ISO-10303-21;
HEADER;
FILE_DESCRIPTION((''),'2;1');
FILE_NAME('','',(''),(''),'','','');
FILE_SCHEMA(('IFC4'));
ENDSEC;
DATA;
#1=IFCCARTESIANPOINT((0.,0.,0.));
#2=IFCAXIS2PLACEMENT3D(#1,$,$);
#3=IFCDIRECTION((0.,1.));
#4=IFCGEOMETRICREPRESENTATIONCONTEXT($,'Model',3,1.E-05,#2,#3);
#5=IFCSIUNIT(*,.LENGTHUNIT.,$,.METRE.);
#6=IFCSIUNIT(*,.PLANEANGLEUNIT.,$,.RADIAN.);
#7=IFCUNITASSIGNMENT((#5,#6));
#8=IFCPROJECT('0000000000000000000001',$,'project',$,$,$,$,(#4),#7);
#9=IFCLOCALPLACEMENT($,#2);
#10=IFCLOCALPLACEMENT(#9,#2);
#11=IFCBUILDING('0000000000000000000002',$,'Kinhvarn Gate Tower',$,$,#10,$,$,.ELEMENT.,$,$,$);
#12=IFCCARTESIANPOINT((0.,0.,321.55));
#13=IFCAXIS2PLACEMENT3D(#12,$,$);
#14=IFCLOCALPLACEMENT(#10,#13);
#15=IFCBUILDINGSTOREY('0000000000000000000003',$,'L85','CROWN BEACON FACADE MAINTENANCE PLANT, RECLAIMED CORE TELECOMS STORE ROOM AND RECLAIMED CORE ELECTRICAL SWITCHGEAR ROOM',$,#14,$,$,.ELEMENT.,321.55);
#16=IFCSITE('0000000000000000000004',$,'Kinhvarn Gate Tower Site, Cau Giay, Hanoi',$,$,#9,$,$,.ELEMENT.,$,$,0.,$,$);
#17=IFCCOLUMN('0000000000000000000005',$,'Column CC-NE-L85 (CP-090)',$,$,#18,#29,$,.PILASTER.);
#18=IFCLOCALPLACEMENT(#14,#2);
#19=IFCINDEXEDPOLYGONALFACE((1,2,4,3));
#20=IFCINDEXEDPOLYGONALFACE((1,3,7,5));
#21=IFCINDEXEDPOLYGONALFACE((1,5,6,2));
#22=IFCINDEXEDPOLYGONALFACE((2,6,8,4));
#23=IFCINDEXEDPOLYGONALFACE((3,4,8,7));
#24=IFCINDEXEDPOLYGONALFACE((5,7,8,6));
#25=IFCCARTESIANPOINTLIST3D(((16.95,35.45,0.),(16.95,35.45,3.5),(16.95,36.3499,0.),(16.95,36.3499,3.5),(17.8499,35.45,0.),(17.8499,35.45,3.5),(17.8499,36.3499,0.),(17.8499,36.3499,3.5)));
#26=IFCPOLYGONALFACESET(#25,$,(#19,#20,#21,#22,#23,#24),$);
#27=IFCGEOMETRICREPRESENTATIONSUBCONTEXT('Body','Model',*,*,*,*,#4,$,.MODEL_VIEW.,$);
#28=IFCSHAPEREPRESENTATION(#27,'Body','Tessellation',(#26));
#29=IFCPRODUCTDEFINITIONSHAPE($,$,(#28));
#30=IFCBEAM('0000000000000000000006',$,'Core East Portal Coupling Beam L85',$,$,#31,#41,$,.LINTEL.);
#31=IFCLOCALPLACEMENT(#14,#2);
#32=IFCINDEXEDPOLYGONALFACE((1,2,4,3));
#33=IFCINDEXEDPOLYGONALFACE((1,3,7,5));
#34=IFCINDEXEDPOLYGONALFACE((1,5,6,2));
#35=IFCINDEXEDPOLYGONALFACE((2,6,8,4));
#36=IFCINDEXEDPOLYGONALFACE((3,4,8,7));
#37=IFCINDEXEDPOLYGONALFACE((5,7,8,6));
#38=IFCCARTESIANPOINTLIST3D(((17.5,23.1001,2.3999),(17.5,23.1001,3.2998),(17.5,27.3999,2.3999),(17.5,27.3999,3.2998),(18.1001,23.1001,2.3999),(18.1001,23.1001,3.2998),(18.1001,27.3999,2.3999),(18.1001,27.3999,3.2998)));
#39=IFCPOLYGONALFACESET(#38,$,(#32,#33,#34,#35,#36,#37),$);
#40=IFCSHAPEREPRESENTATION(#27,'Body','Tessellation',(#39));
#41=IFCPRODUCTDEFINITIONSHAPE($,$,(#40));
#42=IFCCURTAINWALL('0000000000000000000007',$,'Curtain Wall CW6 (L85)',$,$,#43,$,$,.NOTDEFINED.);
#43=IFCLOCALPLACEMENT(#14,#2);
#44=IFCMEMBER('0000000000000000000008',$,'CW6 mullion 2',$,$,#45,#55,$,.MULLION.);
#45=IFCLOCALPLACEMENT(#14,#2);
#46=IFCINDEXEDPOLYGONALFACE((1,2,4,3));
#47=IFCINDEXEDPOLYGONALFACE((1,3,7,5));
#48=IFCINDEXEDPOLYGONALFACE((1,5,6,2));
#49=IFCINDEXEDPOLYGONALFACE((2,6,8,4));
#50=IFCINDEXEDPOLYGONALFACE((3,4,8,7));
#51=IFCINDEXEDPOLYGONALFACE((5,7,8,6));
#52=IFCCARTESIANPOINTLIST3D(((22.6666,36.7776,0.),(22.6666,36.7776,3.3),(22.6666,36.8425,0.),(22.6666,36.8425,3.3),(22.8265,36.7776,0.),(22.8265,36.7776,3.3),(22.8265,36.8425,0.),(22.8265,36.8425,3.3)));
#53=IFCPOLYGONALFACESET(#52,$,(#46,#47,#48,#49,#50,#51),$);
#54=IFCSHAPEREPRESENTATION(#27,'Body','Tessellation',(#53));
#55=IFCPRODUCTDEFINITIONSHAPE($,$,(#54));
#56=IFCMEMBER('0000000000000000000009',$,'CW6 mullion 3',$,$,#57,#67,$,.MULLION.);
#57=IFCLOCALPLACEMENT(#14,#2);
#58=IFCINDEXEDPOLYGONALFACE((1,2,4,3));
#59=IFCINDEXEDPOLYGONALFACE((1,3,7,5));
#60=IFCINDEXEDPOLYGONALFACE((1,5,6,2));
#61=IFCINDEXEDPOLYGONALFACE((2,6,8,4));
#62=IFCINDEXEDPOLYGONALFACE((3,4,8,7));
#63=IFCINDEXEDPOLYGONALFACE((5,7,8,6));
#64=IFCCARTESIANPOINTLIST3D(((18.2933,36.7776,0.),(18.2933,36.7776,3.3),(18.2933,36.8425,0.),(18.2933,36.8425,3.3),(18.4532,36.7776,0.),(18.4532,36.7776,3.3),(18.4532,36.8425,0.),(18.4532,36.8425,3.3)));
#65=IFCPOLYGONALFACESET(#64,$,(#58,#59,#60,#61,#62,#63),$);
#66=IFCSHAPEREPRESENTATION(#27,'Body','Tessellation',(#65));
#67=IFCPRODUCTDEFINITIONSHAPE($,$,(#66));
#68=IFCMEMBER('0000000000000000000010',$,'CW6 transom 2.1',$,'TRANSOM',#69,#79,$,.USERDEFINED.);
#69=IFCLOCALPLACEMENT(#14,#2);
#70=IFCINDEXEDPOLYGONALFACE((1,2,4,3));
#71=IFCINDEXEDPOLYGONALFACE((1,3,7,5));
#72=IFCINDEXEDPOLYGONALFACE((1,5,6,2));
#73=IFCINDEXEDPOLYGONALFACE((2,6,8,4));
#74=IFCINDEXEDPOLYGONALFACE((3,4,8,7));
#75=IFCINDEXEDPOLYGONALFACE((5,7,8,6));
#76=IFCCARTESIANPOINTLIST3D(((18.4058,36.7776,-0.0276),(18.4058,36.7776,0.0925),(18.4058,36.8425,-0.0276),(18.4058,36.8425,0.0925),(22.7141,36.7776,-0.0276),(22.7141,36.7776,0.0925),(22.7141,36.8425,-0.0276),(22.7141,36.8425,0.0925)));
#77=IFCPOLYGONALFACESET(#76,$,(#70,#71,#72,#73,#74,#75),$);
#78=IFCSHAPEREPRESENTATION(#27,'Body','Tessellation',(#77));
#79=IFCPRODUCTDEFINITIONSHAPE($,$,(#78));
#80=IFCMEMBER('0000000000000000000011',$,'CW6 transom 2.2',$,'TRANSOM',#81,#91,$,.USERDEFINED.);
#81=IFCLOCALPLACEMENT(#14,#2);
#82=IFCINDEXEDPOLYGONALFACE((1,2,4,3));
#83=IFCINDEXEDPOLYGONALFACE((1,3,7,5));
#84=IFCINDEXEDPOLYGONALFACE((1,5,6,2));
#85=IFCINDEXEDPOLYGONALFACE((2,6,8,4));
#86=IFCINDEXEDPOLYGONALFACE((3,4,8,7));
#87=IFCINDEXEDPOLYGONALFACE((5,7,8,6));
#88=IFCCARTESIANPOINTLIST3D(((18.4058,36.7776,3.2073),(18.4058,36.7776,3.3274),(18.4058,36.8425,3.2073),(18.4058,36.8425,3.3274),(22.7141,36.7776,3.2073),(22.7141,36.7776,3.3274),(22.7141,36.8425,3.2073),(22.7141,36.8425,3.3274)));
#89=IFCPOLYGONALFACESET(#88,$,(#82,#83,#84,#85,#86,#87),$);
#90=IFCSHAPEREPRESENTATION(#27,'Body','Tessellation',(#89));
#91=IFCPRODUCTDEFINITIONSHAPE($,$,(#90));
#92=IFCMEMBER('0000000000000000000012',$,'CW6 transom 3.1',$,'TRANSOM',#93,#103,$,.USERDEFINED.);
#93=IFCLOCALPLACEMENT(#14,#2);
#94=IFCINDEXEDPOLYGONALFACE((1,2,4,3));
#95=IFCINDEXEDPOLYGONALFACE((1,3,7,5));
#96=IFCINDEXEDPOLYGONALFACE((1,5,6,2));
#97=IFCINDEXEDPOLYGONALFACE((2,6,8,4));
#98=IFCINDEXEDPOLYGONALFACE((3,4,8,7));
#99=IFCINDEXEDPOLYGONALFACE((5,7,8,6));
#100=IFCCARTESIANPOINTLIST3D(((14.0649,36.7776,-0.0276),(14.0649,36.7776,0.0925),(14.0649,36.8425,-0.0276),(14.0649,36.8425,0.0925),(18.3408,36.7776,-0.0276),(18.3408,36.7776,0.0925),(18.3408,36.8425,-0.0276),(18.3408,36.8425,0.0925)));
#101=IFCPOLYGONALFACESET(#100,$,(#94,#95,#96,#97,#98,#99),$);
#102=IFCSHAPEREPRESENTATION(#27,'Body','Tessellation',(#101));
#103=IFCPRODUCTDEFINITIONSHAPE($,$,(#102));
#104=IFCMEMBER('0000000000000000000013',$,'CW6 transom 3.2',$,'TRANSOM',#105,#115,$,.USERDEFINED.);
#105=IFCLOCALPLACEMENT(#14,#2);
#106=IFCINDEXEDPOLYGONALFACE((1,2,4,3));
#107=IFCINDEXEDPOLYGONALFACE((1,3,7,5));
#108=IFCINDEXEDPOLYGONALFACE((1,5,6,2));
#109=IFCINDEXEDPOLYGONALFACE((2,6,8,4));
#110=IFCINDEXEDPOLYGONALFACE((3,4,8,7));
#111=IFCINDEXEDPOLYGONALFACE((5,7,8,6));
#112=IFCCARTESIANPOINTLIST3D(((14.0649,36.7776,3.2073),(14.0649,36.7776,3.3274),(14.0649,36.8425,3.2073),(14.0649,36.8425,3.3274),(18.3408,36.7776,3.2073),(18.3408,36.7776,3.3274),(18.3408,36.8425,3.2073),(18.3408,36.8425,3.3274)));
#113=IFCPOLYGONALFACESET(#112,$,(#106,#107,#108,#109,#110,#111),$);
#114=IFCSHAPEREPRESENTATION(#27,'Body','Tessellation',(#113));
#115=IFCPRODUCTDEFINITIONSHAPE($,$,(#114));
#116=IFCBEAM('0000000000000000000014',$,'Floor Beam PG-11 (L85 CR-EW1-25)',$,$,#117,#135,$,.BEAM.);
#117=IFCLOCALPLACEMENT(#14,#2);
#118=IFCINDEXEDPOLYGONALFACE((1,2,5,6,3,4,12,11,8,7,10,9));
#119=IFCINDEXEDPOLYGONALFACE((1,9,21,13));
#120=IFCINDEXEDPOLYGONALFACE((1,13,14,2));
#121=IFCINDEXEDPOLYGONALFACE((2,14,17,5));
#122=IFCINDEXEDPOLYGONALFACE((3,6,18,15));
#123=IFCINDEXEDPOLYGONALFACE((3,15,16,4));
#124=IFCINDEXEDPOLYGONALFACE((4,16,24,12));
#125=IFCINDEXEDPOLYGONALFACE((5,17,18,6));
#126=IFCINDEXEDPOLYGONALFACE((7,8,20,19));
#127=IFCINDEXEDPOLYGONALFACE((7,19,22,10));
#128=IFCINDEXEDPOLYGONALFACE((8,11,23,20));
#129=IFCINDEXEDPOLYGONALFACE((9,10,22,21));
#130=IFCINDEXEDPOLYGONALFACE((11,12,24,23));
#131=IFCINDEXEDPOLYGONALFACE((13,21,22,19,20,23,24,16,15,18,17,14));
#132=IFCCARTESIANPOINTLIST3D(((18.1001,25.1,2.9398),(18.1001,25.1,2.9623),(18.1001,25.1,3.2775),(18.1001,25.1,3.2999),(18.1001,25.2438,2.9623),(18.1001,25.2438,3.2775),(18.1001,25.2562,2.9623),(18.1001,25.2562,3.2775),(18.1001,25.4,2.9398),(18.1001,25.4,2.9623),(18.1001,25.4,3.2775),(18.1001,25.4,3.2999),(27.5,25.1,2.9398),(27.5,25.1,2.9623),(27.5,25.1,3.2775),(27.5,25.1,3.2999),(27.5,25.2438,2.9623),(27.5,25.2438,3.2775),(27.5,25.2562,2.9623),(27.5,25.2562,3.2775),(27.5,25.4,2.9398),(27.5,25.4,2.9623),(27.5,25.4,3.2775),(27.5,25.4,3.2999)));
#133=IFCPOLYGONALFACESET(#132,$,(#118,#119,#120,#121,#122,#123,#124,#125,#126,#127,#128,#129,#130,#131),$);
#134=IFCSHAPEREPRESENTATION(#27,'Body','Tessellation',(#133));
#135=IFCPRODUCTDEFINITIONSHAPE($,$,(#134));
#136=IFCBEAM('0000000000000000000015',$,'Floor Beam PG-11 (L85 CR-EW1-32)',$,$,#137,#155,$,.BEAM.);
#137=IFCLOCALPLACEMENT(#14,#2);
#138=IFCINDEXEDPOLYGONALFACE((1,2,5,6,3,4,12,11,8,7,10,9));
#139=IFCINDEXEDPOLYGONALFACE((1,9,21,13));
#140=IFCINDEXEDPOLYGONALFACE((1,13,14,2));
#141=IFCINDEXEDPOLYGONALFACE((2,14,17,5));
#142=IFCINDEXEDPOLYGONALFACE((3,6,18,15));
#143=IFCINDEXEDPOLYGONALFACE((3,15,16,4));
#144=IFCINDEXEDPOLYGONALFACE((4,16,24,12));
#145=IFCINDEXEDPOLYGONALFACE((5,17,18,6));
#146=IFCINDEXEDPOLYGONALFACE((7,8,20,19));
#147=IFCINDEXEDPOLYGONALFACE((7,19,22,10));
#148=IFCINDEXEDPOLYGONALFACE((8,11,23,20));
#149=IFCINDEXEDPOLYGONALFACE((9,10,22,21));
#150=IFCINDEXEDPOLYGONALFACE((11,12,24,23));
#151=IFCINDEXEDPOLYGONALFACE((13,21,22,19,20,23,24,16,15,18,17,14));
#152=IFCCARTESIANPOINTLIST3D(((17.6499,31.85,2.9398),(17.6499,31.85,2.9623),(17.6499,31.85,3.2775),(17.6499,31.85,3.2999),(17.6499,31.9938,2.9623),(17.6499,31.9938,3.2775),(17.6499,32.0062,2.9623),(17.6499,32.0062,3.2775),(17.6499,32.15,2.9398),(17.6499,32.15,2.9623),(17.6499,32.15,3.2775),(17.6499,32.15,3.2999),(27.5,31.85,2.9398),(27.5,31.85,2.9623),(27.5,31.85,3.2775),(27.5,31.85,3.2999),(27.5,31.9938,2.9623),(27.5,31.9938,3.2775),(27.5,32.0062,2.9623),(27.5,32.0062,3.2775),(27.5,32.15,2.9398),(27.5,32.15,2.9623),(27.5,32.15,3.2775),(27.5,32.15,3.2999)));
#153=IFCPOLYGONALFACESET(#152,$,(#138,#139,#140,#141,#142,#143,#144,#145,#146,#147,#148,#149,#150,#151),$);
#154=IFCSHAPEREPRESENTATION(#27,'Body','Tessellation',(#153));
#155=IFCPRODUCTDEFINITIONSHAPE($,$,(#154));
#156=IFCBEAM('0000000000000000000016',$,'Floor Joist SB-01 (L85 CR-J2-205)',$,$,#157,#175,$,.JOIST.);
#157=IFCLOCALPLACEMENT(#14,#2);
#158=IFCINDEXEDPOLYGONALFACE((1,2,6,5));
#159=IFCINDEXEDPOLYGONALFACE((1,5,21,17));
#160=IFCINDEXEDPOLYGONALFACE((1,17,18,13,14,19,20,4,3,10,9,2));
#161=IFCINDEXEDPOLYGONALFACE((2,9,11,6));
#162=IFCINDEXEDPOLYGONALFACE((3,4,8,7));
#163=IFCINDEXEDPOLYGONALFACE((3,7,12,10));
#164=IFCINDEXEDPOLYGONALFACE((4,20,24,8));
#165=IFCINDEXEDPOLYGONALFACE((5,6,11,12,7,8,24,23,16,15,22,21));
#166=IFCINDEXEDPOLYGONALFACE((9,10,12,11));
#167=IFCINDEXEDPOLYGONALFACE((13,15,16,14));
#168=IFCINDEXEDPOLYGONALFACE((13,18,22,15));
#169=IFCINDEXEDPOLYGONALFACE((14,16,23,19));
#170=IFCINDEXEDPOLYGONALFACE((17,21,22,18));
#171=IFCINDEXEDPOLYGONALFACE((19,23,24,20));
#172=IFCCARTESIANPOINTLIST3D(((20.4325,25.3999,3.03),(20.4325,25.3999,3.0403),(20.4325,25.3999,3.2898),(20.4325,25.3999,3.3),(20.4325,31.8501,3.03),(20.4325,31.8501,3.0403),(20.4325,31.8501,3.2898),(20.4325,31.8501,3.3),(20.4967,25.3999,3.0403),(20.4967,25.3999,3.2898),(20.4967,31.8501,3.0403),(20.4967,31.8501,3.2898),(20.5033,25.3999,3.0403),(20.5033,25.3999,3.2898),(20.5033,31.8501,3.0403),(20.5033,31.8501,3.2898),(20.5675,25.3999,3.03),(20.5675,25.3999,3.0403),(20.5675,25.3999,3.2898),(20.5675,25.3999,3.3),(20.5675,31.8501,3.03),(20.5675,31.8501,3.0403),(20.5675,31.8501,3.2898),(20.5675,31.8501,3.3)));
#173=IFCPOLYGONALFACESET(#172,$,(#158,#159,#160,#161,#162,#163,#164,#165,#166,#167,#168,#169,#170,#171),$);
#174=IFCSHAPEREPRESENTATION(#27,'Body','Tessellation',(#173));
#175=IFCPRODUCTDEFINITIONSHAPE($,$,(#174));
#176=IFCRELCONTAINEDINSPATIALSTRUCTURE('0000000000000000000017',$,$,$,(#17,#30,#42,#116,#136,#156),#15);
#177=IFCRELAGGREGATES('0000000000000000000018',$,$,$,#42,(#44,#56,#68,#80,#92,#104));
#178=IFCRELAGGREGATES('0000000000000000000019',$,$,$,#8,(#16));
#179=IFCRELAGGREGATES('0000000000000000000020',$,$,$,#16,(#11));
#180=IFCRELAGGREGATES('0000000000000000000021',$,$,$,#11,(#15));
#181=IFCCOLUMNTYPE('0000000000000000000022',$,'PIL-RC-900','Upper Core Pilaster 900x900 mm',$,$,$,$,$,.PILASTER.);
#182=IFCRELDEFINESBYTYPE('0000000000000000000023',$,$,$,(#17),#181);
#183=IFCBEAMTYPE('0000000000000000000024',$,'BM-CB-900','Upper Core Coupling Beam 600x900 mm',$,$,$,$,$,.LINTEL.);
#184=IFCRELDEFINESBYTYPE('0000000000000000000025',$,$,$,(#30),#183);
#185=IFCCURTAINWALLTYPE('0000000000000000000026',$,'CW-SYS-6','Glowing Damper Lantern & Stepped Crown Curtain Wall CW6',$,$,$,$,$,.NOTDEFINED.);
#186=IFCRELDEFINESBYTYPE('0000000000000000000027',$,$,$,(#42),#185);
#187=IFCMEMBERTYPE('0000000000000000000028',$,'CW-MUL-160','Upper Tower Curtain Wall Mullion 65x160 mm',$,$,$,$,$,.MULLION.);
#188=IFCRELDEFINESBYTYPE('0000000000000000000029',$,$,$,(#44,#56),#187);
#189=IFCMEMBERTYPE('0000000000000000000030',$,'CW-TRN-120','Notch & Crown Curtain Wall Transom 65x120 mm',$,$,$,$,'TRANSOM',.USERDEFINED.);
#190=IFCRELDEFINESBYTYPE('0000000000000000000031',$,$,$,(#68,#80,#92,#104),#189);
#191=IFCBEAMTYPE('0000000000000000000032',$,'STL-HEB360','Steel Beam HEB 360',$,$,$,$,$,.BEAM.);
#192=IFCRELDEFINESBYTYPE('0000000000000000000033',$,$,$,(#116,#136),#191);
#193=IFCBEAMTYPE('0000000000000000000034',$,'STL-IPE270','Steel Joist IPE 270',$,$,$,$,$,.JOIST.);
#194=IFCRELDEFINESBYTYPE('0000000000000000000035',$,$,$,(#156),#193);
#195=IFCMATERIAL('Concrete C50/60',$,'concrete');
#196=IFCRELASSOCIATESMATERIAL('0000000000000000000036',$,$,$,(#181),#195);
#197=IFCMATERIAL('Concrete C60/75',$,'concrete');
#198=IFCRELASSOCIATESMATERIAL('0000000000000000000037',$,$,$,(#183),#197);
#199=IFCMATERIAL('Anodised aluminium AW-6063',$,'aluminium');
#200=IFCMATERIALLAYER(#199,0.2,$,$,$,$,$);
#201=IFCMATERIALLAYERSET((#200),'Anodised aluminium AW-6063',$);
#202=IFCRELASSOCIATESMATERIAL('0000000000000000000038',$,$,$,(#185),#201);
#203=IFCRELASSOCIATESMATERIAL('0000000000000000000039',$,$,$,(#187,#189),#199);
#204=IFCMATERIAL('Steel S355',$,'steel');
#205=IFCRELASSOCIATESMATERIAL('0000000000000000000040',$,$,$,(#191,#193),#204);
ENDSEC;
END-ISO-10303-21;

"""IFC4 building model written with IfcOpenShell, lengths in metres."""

from ifc_helpers import new_model, si_unit, direction, frame, origin, origin_2d, place, context, subcontext, project, spatial, rectangle, i_section, extrude, material, layer, layer_set, material_profile, profile_set, type_object, element, aggregate, save


model = new_model("IFC4")

# Units and contexts
model_context = context("Model", 3, precision=1e-05, world=origin(), true_north=direction((0.0, 1.0)))
body_context = subcontext(model_context, "Body", "Model", "MODEL_VIEW")
ifc_project = project(units=[si_unit("LENGTHUNIT", "METRE"), si_unit("PLANEANGLEUNIT", "RADIAN")], contexts=[model_context])

# Site, building, storey
site_placement = place(None, origin())
site = spatial("IfcSite", under=ifc_project, at=site_placement, Name="Kinhvarn Gate Tower Site, Cau Giay, Hanoi", CompositionType="ELEMENT", RefElevation=0.0)
building_placement = place(site_placement, origin())
building = spatial("IfcBuilding", under=site, at=building_placement, Name="Kinhvarn Gate Tower", CompositionType="ELEMENT")
storey_placement = place(building_placement, frame((0.0, 0.0, 321.55)))
storey = spatial("IfcBuildingStorey", under=building, at=storey_placement, Name="L85", Description="CROWN BEACON FACADE MAINTENANCE PLANT, RECLAIMED CORE TELECOMS STORE ROOM AND RECLAIMED CORE ELECTRICAL SWITCHGEAR ROOM", CompositionType="ELEMENT", Elevation=321.55)

# Column
ifc_material_1 = material(Name="Concrete C50/60", Category="concrete")
ifc_material_profile_1 = material_profile(ifc_material_1, rectangle(XDim=0.8999, YDim=0.8999, at=origin_2d()), Name="RC 900x900")
ifc_profile_set_1 = profile_set([ifc_material_profile_1], Name="Concrete C50/60")
column_type = type_object("IfcColumnType", Name="PIL-RC-900", Description="Upper Core Pilaster 900x900 mm", PredefinedType="PILASTER", material=ifc_profile_set_1)
column_placement = place(storey_placement, frame((17.3999, 35.8999, 0.0), z_axis=(0.0, 0.0, 1.0), x_axis=(1.0, 0.0, 0.0)))
element("IfcColumn", 1, at=column_placement, inside=storey, type_object=column_type, Name="Column CC-NE-L85 (CP-090)", PredefinedType="PILASTER", context=body_context, shape_type="SweptSolid", body=[
    extrude(rectangle(XDim=0.8999, YDim=0.8999, at=origin_2d()), origin(), (0.0, 0.0, 1.0), 3.5),
])

# Beam
ifc_material_2 = material(Name="Concrete C60/75", Category="concrete")
ifc_material_profile_2 = material_profile(ifc_material_2, rectangle(XDim=0.6001, YDim=0.8999, at=origin_2d()), Name="RC 600x900")
ifc_profile_set_2 = profile_set([ifc_material_profile_2], Name="Concrete C60/75")
beam_type_1 = type_object("IfcBeamType", Name="BM-CB-900", Description="Upper Core Coupling Beam 600x900 mm", PredefinedType="LINTEL", material=ifc_profile_set_2)
beam_1_placement = place(storey_placement, frame((17.8, 23.1001, 2.8499), z_axis=(0.0, 1.0, 0.0), x_axis=(-1.0, 0.0, 0.0)))
element("IfcBeam", 2, at=beam_1_placement, inside=storey, type_object=beam_type_1, Name="Core East Portal Coupling Beam L85", PredefinedType="LINTEL", context=body_context, shape_type="SweptSolid", body=[
    extrude(rectangle(XDim=0.6001, YDim=0.8999, at=origin_2d()), origin(), (0.0, 0.0, 1.0), 4.2998),
])

# Curtain wall, members
ifc_material_3 = material(Name="Anodised aluminium AW-6063", Category="aluminium")
ifc_layer_1 = layer(ifc_material_3, 0.2)
ifc_layer_set_1 = layer_set([ifc_layer_1], Name="Anodised aluminium AW-6063")
curtain_wall_type = type_object("IfcCurtainWallType", Name="CW-SYS-6", Description="Glowing Damper Lantern & Stepped Crown Curtain Wall CW6", PredefinedType="NOTDEFINED", material=ifc_layer_set_1)
curtain_wall_placement = place(storey_placement, origin())
curtain_wall = element("IfcCurtainWall", 3, at=curtain_wall_placement, inside=storey, type_object=curtain_wall_type, Name="Curtain Wall CW6 (L85)", PredefinedType="NOTDEFINED")
ifc_material_profile_3 = material_profile(ifc_material_3, rectangle(XDim=0.0649, YDim=0.1599, at=origin_2d()), Name="ALU 65x160")
ifc_profile_set_3 = profile_set([ifc_material_profile_3], Name="Anodised aluminium AW-6063")
member_type_1 = type_object("IfcMemberType", Name="CW-MUL-160", Description="Upper Tower Curtain Wall Mullion 65x160 mm", PredefinedType="MULLION", material=ifc_profile_set_3)
member_1_placement = place(storey_placement, frame((22.7466, 36.8101, 0.0), z_axis=(0.0, 0.0, 1.0), x_axis=(0.0, -1.0, 0.0)))
member_1 = element("IfcMember", 4, at=member_1_placement, type_object=member_type_1, Name="CW6 mullion 2", PredefinedType="MULLION", context=body_context, shape_type="SweptSolid", body=[
    extrude(rectangle(XDim=0.0649, YDim=0.1599, at=origin_2d()), origin(), (0.0, 0.0, 1.0), 3.3),
])
member_2_placement = place(storey_placement, frame((18.3733, 36.8101, 0.0), z_axis=(0.0, 0.0, 1.0), x_axis=(0.0, -1.0, 0.0)))
member_2 = element("IfcMember", 5, at=member_2_placement, type_object=member_type_1, Name="CW6 mullion 3", PredefinedType="MULLION", context=body_context, shape_type="SweptSolid", body=[
    extrude(rectangle(XDim=0.0649, YDim=0.1599, at=origin_2d()), origin(), (0.0, 0.0, 1.0), 3.3),
])
ifc_material_profile_4 = material_profile(ifc_material_3, rectangle(XDim=0.0649, YDim=0.1201, at=origin_2d()), Name="ALU 65x120")
ifc_profile_set_4 = profile_set([ifc_material_profile_4], Name="Anodised aluminium AW-6063")
member_type_2 = type_object("IfcMemberType", Name="CW-TRN-120", Description="Notch & Crown Curtain Wall Transom 65x120 mm", ElementType="TRANSOM", PredefinedType="USERDEFINED", material=ifc_profile_set_4)
member_3_placement = place(storey_placement, frame((22.7141, 36.8101, 0.0325), z_axis=(-1.0, 0.0, 0.0), x_axis=(0.0, -1.0, 0.0)))
member_3 = element("IfcMember", 6, at=member_3_placement, type_object=member_type_2, Name="CW6 transom 2.1", ObjectType="TRANSOM", PredefinedType="USERDEFINED", context=body_context, shape_type="SweptSolid", body=[
    extrude(rectangle(XDim=0.0649, YDim=0.1201, at=origin_2d()), origin(), (0.0, 0.0, 1.0), 4.3083),
])
member_4_placement = place(storey_placement, frame((22.7141, 36.8101, 3.2673), z_axis=(-1.0, 0.0, 0.0), x_axis=(0.0, -1.0, 0.0)))
member_4 = element("IfcMember", 7, at=member_4_placement, type_object=member_type_2, Name="CW6 transom 2.2", ObjectType="TRANSOM", PredefinedType="USERDEFINED", context=body_context, shape_type="SweptSolid", body=[
    extrude(rectangle(XDim=0.0649, YDim=0.1201, at=origin_2d()), origin(), (0.0, 0.0, 1.0), 4.3083),
])
member_5_placement = place(storey_placement, frame((18.3408, 36.8101, 0.0325), z_axis=(-1.0, 0.0, 0.0), x_axis=(0.0, -1.0, 0.0)))
member_5 = element("IfcMember", 8, at=member_5_placement, type_object=member_type_2, Name="CW6 transom 3.1", ObjectType="TRANSOM", PredefinedType="USERDEFINED", context=body_context, shape_type="SweptSolid", body=[
    extrude(rectangle(XDim=0.0649, YDim=0.1201, at=origin_2d()), origin(), (0.0, 0.0, 1.0), 4.2759),
])
member_6_placement = place(storey_placement, frame((18.3408, 36.8101, 3.2673), z_axis=(-1.0, 0.0, 0.0), x_axis=(0.0, -1.0, 0.0)))
member_6 = element("IfcMember", 9, at=member_6_placement, type_object=member_type_2, Name="CW6 transom 3.2", ObjectType="TRANSOM", PredefinedType="USERDEFINED", context=body_context, shape_type="SweptSolid", body=[
    extrude(rectangle(XDim=0.0649, YDim=0.1201, at=origin_2d()), origin(), (0.0, 0.0, 1.0), 4.2759),
])

# Beams
ifc_material_4 = material(Name="Steel S355", Category="steel")
ifc_material_profile_5 = material_profile(ifc_material_4, i_section(OverallWidth=0.3, OverallDepth=0.3601, WebThickness=0.0125, FlangeThickness=0.0225, at=origin_2d()), Name="HEB 360")
ifc_profile_set_5 = profile_set([ifc_material_profile_5], Name="Steel S355")
beam_type_2 = type_object("IfcBeamType", Name="STL-HEB360", Description="Steel Beam HEB 360", PredefinedType="BEAM", material=ifc_profile_set_5)
beam_2_placement = place(storey_placement, frame((18.1001, 25.25, 3.1199), z_axis=(1.0, 0.0, 0.0), x_axis=(0.0, 1.0, 0.0)))
element("IfcBeam", 10, at=beam_2_placement, inside=storey, type_object=beam_type_2, Name="Floor Beam PG-11 (L85 CR-EW1-25)", PredefinedType="BEAM", context=body_context, shape_type="SweptSolid", body=[
    extrude(i_section(OverallWidth=0.3, OverallDepth=0.3601, WebThickness=0.0125, FlangeThickness=0.0225, at=origin_2d()), origin(), (0.0, 0.0, 1.0), 9.3999),
])
beam_3_placement = place(storey_placement, frame((17.6499, 32.0, 3.1199), z_axis=(1.0, 0.0, 0.0), x_axis=(0.0, 1.0, 0.0)))
element("IfcBeam", 11, at=beam_3_placement, inside=storey, type_object=beam_type_2, Name="Floor Beam PG-11 (L85 CR-EW1-32)", PredefinedType="BEAM", context=body_context, shape_type="SweptSolid", body=[
    extrude(i_section(OverallWidth=0.3, OverallDepth=0.3601, WebThickness=0.0125, FlangeThickness=0.0225, at=origin_2d()), origin(), (0.0, 0.0, 1.0), 9.8501),
])
ifc_material_profile_6 = material_profile(ifc_material_4, i_section(OverallWidth=0.135, OverallDepth=0.27, WebThickness=0.0066, FlangeThickness=0.0103, at=origin_2d()), Name="IPE 270")
ifc_profile_set_6 = profile_set([ifc_material_profile_6], Name="Steel S355")
beam_type_3 = type_object("IfcBeamType", Name="STL-IPE270", Description="Steel Joist IPE 270", PredefinedType="JOIST", material=ifc_profile_set_6)
for number, where, z_axis, x_axis, name in (
    (12, (20.5, 25.3999, 3.165), (0.0, 1.0, 0.0), (-1.0, 0.0, 0.0), "Floor Joist SB-01 (L85 CR-J2-205)"),
):
    element("IfcBeam", number, at=place(storey_placement, frame(where, z_axis=z_axis, x_axis=x_axis)), inside=storey, type_object=beam_type_3, Name=name, PredefinedType="JOIST", context=body_context, shape_type="SweptSolid", body=[
        extrude(i_section(OverallWidth=0.135, OverallDepth=0.27, WebThickness=0.0066, FlangeThickness=0.0103, at=origin_2d()), origin(), (0.0, 0.0, 1.0), 6.4502),
    ])

aggregate(curtain_wall, [member_1, member_2, member_3, member_4, member_5, member_6])

save(model, "model.ifc")
